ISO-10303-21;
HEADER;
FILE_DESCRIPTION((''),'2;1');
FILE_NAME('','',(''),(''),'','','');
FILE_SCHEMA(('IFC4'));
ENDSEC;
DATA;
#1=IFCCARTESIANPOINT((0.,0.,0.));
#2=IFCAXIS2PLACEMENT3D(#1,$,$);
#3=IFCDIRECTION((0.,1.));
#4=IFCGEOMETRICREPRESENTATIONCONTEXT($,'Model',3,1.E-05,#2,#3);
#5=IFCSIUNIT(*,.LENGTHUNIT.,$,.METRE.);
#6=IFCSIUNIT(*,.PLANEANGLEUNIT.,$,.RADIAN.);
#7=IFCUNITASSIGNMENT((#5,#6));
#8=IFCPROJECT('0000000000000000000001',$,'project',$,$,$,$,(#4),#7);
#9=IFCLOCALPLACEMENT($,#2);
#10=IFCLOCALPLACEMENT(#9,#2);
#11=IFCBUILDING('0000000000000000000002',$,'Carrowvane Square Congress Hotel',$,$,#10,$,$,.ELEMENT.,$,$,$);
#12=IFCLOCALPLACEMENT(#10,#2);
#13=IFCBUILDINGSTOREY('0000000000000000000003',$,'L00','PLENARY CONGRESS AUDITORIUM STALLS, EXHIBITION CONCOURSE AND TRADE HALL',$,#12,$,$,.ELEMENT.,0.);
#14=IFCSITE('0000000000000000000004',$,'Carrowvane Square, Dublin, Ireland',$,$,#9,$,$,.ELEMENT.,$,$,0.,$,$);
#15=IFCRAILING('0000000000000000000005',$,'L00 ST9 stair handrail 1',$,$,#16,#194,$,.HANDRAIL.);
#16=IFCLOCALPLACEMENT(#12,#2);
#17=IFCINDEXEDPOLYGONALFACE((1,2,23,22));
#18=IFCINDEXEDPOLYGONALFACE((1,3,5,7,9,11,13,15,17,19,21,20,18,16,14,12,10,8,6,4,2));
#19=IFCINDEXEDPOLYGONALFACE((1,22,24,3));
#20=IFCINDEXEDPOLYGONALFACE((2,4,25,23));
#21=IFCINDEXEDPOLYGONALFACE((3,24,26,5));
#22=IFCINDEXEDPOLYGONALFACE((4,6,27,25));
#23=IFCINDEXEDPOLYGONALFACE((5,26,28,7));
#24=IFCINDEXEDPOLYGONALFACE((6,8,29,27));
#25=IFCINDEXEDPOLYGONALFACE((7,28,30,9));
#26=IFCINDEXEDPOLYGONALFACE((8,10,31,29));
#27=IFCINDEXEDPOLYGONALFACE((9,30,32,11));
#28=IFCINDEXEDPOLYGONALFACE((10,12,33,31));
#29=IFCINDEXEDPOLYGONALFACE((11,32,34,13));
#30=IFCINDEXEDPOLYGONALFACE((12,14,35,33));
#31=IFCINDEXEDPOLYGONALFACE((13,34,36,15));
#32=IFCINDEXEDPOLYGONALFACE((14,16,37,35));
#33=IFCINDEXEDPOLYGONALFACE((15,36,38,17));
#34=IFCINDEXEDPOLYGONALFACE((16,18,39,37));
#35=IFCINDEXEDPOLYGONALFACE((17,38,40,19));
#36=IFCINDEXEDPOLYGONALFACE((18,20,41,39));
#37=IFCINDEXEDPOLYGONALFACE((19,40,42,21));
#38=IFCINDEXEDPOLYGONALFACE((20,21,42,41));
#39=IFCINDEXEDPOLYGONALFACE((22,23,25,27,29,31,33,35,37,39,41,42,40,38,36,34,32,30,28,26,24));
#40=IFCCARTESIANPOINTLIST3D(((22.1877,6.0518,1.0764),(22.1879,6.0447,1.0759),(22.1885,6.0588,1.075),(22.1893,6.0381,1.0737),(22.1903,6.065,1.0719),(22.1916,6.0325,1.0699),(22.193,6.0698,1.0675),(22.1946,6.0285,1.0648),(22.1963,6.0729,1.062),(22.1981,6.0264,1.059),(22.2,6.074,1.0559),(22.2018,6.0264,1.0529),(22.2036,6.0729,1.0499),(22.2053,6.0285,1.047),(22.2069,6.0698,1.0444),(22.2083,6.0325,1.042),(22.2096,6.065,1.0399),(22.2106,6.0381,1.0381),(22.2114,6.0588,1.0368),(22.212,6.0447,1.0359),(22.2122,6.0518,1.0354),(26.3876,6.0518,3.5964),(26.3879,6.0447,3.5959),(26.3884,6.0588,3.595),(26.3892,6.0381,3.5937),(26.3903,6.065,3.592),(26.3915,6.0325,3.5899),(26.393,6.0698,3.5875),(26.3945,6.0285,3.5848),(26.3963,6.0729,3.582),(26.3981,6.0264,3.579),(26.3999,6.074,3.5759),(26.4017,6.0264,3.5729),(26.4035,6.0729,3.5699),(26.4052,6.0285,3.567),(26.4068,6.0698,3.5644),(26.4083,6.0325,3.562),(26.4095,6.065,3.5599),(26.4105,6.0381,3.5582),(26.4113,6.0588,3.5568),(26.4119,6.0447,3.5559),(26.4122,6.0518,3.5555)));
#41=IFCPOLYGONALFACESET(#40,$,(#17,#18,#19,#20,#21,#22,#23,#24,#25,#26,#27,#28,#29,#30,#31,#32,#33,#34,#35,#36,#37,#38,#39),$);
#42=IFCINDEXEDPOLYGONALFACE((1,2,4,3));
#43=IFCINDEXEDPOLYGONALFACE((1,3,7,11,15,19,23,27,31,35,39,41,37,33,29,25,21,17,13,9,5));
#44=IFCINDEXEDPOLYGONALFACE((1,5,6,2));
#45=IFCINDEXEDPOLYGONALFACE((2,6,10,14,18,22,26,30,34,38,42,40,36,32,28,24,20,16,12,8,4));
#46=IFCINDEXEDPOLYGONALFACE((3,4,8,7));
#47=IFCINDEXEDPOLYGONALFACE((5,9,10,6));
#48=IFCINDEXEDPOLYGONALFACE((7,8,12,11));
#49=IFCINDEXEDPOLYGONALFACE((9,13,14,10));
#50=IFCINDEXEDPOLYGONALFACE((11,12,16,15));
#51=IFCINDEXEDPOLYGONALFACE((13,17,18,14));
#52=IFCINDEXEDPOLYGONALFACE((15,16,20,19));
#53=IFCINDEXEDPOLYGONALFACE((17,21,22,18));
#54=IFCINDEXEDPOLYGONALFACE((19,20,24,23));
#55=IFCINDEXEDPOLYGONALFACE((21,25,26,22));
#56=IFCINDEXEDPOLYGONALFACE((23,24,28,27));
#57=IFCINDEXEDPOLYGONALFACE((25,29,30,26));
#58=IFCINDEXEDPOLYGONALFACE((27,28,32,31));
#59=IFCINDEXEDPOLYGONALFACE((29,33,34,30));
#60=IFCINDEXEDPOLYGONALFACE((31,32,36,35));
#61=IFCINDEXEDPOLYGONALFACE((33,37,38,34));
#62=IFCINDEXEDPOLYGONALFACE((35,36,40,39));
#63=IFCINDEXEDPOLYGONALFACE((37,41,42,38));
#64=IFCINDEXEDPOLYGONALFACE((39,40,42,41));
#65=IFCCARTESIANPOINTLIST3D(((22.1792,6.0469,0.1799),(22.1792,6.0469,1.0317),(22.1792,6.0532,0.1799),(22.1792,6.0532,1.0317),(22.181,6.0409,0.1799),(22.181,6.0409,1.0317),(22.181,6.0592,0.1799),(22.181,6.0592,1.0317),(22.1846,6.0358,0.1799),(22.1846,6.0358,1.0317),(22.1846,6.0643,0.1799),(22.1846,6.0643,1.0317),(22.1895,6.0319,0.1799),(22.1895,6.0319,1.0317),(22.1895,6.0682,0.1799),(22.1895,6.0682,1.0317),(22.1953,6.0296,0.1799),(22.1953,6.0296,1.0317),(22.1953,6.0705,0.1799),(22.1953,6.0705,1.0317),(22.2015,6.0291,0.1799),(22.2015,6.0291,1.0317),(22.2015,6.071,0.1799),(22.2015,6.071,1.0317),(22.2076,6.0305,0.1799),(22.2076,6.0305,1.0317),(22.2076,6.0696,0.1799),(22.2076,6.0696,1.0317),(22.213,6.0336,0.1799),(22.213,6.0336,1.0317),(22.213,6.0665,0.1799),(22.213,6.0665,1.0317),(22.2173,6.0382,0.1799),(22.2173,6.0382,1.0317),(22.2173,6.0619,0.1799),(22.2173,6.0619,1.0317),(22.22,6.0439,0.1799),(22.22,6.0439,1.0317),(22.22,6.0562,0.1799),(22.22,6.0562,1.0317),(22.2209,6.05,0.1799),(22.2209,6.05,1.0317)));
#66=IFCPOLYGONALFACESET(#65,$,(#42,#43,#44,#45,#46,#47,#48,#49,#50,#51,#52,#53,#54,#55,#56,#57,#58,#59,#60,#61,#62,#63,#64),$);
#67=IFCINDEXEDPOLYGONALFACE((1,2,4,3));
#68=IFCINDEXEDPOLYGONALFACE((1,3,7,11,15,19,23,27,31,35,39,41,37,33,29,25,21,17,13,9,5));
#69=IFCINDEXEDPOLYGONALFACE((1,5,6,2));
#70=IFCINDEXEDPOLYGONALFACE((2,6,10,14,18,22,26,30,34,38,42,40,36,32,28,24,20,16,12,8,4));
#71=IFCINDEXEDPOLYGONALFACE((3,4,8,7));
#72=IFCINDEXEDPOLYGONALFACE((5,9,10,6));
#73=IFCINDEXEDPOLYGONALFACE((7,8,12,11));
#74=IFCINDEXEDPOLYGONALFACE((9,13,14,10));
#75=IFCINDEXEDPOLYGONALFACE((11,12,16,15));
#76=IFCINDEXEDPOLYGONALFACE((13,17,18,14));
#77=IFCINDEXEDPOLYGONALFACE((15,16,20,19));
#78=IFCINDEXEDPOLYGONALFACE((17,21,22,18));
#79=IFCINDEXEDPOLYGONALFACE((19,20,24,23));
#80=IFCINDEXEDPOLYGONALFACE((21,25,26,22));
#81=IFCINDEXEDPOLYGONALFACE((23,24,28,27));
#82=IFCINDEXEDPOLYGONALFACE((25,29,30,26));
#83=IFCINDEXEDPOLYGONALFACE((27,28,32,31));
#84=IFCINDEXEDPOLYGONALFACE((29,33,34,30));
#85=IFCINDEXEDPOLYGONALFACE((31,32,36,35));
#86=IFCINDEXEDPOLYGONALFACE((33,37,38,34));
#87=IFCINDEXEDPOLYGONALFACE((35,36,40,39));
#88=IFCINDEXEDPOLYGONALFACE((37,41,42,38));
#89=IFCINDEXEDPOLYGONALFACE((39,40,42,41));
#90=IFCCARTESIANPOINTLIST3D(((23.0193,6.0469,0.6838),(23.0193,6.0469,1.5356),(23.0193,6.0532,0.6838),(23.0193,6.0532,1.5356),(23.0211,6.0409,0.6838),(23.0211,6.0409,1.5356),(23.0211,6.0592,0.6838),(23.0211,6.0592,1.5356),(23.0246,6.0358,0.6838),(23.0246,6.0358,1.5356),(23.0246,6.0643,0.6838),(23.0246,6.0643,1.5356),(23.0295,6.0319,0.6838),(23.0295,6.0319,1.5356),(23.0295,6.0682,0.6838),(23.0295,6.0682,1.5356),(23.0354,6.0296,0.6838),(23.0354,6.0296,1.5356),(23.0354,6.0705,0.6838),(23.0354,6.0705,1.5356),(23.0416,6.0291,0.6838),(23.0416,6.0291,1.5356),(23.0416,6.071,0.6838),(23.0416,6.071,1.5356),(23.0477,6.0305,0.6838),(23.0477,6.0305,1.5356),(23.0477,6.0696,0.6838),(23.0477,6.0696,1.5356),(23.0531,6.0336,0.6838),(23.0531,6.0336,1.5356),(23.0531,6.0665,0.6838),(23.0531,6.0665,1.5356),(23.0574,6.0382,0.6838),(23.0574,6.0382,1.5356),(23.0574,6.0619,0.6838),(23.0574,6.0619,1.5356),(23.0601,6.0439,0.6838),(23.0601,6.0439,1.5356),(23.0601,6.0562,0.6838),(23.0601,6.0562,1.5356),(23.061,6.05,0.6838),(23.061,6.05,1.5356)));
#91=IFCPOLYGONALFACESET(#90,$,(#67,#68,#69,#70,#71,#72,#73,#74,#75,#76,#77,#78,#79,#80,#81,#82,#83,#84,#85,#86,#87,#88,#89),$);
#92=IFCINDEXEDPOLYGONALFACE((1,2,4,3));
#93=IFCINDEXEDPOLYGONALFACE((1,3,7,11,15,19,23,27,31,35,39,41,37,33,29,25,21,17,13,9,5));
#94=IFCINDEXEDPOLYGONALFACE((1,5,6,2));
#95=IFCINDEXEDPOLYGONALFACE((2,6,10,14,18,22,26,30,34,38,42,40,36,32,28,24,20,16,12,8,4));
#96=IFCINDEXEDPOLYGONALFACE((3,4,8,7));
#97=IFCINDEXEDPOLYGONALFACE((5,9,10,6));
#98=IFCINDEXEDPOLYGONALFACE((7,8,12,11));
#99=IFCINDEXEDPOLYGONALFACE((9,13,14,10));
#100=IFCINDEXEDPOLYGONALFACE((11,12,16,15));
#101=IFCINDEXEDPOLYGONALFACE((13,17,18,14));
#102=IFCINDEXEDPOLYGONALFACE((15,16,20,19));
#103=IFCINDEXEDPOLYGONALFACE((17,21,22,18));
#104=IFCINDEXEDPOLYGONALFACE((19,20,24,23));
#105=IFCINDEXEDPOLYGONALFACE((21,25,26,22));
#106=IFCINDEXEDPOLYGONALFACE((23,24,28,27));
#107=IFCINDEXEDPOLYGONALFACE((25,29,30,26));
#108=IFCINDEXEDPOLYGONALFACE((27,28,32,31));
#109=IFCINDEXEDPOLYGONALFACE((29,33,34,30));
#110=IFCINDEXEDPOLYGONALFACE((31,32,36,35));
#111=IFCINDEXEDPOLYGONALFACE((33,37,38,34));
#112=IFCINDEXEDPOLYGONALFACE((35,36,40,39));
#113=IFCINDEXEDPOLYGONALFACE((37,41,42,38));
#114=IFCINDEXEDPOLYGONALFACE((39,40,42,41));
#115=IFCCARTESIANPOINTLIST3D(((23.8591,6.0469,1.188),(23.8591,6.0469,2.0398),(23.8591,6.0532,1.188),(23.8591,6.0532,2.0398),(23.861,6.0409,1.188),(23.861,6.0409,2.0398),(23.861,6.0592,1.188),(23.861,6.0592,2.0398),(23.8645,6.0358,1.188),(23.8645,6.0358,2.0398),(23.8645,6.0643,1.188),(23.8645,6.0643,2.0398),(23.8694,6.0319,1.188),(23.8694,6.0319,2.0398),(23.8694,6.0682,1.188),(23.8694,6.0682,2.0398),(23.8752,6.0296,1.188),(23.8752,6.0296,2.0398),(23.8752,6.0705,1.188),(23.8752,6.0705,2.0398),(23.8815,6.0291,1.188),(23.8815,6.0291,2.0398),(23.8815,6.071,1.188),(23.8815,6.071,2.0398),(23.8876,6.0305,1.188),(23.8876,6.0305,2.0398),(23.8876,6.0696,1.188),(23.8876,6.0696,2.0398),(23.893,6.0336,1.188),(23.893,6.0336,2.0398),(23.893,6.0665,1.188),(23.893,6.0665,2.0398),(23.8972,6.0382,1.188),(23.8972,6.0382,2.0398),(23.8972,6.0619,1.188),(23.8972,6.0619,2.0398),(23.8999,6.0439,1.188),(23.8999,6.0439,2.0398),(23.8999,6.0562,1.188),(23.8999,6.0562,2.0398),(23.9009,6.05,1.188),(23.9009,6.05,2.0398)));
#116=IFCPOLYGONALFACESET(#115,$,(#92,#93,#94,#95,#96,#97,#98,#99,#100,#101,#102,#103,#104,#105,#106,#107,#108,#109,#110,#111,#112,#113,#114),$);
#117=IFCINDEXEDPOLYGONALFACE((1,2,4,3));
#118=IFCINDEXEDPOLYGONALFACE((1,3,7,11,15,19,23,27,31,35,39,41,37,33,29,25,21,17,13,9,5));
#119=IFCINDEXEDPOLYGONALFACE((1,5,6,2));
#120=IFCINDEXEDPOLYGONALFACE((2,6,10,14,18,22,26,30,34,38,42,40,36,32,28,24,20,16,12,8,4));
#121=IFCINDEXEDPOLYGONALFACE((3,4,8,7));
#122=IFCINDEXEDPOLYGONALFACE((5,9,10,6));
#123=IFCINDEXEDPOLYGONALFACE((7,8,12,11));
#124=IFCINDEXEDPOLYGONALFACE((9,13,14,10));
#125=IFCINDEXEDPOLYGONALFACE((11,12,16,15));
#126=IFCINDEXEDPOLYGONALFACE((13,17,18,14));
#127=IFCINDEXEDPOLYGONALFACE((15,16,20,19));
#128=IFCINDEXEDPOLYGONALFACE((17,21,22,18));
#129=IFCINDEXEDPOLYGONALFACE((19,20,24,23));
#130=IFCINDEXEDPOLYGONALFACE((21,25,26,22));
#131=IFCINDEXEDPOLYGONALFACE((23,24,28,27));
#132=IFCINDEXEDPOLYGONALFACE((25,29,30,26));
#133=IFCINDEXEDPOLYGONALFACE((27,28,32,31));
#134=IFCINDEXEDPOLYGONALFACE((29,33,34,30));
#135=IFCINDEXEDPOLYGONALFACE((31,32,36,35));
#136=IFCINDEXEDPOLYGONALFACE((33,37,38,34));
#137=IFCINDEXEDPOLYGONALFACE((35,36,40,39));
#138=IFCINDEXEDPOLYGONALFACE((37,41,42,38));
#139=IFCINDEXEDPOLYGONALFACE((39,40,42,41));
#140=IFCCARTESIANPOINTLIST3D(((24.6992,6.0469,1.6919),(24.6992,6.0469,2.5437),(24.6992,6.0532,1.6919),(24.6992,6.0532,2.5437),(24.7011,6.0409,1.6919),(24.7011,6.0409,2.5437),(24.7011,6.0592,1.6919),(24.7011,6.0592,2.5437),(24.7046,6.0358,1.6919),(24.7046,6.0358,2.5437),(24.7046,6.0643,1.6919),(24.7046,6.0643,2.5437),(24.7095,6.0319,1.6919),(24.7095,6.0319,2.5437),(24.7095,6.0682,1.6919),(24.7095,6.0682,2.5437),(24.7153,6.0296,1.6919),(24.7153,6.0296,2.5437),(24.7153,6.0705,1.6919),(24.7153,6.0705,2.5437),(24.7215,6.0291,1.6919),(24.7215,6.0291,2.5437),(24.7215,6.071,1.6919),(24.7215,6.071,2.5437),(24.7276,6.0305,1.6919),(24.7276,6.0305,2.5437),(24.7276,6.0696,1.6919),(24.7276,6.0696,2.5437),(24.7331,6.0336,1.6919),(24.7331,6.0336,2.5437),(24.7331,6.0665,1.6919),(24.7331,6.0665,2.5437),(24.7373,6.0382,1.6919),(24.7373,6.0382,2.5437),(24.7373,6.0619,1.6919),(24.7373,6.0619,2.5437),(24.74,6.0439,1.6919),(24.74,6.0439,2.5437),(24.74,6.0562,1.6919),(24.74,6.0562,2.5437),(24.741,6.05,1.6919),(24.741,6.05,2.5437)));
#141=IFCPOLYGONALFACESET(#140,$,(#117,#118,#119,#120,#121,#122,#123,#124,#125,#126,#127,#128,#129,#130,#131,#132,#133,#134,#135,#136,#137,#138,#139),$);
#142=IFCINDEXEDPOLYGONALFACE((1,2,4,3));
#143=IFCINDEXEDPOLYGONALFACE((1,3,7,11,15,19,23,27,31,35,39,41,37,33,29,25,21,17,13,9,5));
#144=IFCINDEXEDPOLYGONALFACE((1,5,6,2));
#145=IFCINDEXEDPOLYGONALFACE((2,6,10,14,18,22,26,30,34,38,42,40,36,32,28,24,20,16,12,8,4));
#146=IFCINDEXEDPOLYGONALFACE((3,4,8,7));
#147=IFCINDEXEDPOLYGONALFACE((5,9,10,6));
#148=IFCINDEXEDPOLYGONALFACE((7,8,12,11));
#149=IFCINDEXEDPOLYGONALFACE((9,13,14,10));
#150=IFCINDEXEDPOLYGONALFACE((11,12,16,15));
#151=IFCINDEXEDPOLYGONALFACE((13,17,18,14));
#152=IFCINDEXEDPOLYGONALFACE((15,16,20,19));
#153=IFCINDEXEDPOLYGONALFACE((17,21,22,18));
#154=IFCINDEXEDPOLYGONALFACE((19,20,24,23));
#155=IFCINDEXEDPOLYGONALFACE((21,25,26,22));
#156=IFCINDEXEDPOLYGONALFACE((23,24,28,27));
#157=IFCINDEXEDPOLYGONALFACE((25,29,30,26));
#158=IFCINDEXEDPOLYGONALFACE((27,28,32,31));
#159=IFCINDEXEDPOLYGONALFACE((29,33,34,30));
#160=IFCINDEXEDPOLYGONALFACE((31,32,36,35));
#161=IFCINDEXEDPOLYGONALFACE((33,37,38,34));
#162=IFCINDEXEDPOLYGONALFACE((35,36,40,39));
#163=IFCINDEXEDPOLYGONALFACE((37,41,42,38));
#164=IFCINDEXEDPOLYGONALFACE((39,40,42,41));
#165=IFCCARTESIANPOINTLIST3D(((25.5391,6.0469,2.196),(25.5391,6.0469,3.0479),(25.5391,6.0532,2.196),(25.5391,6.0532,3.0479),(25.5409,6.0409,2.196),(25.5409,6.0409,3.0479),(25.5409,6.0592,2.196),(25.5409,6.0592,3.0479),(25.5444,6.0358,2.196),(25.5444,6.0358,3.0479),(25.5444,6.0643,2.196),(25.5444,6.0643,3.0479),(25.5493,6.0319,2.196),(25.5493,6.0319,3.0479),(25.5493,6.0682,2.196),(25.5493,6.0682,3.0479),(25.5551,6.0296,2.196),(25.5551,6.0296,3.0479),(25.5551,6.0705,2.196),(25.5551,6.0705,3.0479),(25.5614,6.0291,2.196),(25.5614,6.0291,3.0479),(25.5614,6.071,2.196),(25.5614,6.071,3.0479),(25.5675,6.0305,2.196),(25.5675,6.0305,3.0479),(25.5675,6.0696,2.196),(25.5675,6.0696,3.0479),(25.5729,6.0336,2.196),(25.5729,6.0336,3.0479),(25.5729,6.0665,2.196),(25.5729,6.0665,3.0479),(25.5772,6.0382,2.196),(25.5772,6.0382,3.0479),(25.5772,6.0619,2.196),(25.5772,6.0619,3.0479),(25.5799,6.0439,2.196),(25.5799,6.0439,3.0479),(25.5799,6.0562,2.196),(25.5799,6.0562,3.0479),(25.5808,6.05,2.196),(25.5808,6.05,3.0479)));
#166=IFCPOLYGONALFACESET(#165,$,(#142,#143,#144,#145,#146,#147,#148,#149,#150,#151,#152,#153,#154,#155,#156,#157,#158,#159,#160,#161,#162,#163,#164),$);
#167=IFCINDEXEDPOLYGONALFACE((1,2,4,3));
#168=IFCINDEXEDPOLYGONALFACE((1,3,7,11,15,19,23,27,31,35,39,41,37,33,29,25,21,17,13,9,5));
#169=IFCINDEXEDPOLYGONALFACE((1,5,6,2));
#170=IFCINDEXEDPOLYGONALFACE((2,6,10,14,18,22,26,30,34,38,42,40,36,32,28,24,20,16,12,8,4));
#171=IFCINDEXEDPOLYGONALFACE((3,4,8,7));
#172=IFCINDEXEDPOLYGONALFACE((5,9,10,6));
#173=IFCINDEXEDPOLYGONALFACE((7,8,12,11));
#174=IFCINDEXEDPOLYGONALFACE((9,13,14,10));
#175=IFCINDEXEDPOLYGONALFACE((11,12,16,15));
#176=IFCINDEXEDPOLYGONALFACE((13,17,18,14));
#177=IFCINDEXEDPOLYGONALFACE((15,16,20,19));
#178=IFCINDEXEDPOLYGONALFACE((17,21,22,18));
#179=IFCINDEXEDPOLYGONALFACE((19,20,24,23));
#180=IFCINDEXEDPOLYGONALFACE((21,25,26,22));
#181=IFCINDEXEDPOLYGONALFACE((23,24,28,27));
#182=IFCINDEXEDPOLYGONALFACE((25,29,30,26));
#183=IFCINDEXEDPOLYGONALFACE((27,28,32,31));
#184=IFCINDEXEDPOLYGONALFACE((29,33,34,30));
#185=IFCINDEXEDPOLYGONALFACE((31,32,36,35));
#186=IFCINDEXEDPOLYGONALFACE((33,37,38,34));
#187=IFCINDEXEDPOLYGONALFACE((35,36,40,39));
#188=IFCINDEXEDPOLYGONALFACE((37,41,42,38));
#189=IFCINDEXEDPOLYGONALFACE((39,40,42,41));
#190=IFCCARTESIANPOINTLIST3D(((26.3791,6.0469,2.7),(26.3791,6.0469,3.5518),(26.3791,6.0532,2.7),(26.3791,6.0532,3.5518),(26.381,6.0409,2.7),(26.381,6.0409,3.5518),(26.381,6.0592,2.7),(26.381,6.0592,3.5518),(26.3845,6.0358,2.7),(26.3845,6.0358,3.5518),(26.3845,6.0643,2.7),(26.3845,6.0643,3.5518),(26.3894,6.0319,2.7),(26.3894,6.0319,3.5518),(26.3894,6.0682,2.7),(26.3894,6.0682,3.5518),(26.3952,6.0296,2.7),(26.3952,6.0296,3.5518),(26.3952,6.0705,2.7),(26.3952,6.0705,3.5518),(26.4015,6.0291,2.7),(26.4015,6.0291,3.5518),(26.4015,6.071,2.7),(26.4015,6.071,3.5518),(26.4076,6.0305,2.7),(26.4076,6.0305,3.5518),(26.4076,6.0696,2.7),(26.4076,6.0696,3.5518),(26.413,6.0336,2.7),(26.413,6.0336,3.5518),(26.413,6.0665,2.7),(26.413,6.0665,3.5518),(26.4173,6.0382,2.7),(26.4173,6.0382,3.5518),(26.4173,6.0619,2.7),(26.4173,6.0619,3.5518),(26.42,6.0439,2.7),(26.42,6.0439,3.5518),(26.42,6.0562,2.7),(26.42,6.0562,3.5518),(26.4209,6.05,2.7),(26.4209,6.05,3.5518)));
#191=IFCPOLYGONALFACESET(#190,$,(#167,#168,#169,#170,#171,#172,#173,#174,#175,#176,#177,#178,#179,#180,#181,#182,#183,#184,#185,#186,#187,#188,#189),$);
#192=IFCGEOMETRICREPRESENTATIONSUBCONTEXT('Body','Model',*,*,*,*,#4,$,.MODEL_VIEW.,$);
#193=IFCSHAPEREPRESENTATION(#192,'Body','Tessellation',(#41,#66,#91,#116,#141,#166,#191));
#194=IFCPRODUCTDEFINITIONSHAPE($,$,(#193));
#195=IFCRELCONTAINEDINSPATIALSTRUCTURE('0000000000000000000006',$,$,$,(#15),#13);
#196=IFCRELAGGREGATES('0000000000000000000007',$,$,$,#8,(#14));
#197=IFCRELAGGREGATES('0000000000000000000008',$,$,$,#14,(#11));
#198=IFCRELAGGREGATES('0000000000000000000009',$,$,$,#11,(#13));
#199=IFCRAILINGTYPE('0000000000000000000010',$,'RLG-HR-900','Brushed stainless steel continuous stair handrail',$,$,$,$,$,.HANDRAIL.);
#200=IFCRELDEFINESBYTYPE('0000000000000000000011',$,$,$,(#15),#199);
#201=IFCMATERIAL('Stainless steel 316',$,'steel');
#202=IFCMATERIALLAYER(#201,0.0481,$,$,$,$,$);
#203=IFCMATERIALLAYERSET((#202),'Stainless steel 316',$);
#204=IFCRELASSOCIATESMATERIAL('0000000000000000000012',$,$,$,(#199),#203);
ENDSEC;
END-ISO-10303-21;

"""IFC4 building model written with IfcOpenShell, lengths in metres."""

from ifc_helpers import new_model, si_unit, direction, frame, origin, origin_2d, place, context, subcontext, project, spatial, circle, extrude, material, layer, layer_set, type_object, element, save


model = new_model("IFC4")

# Units and contexts
model_context = context("Model", 3, precision=1e-05, world=origin(), true_north=direction((0.0, 1.0)))
body_context = subcontext(model_context, "Body", "Model", "MODEL_VIEW")
ifc_project = project(units=[si_unit("LENGTHUNIT", "METRE"), si_unit("PLANEANGLEUNIT", "RADIAN")], contexts=[model_context])

# Site, building, storey
site_placement = place(None, origin())
site = spatial("IfcSite", under=ifc_project, at=site_placement, Name="Carrowvane Square, Dublin, Ireland", CompositionType="ELEMENT", RefElevation=0.0)
building_placement = place(site_placement, origin())
building = spatial("IfcBuilding", under=site, at=building_placement, Name="Carrowvane Square Congress Hotel", CompositionType="ELEMENT")
storey_placement = place(building_placement, origin())
storey = spatial("IfcBuildingStorey", under=building, at=storey_placement, Name="L00", Description="PLENARY CONGRESS AUDITORIUM STALLS, EXHIBITION CONCOURSE AND TRADE HALL", CompositionType="ELEMENT", Elevation=0.0)

# Railing
ifc_material_1 = material(Name="Stainless steel 316", Category="steel")
ifc_layer_1 = layer(ifc_material_1, 0.0481)
ifc_layer_set_1 = layer_set([ifc_layer_1], Name="Stainless steel 316")
railing_type_1 = type_object("IfcRailingType", Name="RLG-HR-900", Description="Brushed stainless steel continuous stair handrail", PredefinedType="HANDRAIL", material=ifc_layer_set_1)
railing_1_placement = place(storey_placement, frame((22.2, 6.05, 0.1799)))
element("IfcRailing", 1, at=railing_1_placement, inside=storey, type_object=railing_type_1, Name="L00 ST9 stair handrail 1", PredefinedType="HANDRAIL", context=body_context, shape_type="SweptSolid", body=[
    extrude(circle(Radius=0.0239, at=origin_2d()), frame((0.0, 0.0, 0.876), z_axis=(0.857489, 0.0, 0.514503), x_axis=(0.0, 1.0, 0.0)), (0.0, 0.0, 1.0), 4.8979),
    extrude(circle(Radius=0.021, at=origin_2d()), origin(), (0.0, 0.0, 1.0), 0.8518),
    extrude(circle(Radius=0.021, at=origin_2d()), frame((0.8401, 0.0, 0.5039)), (0.0, 0.0, 1.0), 0.8518),
    extrude(circle(Radius=0.021, at=origin_2d()), frame((1.6799, 0.0, 1.0081)), (0.0, 0.0, 1.0), 0.8518),
    extrude(circle(Radius=0.021, at=origin_2d()), frame((2.52, 0.0, 1.512)), (0.0, 0.0, 1.0), 0.8518),
    extrude(circle(Radius=0.021, at=origin_2d()), frame((3.3599, 0.0, 2.0161)), (0.0, 0.0, 1.0), 0.8518),
    extrude(circle(Radius=0.021, at=origin_2d()), frame((4.2, 0.0, 2.52)), (0.0, 0.0, 1.0), 0.8518),
])

save(model, "model.ifc")
